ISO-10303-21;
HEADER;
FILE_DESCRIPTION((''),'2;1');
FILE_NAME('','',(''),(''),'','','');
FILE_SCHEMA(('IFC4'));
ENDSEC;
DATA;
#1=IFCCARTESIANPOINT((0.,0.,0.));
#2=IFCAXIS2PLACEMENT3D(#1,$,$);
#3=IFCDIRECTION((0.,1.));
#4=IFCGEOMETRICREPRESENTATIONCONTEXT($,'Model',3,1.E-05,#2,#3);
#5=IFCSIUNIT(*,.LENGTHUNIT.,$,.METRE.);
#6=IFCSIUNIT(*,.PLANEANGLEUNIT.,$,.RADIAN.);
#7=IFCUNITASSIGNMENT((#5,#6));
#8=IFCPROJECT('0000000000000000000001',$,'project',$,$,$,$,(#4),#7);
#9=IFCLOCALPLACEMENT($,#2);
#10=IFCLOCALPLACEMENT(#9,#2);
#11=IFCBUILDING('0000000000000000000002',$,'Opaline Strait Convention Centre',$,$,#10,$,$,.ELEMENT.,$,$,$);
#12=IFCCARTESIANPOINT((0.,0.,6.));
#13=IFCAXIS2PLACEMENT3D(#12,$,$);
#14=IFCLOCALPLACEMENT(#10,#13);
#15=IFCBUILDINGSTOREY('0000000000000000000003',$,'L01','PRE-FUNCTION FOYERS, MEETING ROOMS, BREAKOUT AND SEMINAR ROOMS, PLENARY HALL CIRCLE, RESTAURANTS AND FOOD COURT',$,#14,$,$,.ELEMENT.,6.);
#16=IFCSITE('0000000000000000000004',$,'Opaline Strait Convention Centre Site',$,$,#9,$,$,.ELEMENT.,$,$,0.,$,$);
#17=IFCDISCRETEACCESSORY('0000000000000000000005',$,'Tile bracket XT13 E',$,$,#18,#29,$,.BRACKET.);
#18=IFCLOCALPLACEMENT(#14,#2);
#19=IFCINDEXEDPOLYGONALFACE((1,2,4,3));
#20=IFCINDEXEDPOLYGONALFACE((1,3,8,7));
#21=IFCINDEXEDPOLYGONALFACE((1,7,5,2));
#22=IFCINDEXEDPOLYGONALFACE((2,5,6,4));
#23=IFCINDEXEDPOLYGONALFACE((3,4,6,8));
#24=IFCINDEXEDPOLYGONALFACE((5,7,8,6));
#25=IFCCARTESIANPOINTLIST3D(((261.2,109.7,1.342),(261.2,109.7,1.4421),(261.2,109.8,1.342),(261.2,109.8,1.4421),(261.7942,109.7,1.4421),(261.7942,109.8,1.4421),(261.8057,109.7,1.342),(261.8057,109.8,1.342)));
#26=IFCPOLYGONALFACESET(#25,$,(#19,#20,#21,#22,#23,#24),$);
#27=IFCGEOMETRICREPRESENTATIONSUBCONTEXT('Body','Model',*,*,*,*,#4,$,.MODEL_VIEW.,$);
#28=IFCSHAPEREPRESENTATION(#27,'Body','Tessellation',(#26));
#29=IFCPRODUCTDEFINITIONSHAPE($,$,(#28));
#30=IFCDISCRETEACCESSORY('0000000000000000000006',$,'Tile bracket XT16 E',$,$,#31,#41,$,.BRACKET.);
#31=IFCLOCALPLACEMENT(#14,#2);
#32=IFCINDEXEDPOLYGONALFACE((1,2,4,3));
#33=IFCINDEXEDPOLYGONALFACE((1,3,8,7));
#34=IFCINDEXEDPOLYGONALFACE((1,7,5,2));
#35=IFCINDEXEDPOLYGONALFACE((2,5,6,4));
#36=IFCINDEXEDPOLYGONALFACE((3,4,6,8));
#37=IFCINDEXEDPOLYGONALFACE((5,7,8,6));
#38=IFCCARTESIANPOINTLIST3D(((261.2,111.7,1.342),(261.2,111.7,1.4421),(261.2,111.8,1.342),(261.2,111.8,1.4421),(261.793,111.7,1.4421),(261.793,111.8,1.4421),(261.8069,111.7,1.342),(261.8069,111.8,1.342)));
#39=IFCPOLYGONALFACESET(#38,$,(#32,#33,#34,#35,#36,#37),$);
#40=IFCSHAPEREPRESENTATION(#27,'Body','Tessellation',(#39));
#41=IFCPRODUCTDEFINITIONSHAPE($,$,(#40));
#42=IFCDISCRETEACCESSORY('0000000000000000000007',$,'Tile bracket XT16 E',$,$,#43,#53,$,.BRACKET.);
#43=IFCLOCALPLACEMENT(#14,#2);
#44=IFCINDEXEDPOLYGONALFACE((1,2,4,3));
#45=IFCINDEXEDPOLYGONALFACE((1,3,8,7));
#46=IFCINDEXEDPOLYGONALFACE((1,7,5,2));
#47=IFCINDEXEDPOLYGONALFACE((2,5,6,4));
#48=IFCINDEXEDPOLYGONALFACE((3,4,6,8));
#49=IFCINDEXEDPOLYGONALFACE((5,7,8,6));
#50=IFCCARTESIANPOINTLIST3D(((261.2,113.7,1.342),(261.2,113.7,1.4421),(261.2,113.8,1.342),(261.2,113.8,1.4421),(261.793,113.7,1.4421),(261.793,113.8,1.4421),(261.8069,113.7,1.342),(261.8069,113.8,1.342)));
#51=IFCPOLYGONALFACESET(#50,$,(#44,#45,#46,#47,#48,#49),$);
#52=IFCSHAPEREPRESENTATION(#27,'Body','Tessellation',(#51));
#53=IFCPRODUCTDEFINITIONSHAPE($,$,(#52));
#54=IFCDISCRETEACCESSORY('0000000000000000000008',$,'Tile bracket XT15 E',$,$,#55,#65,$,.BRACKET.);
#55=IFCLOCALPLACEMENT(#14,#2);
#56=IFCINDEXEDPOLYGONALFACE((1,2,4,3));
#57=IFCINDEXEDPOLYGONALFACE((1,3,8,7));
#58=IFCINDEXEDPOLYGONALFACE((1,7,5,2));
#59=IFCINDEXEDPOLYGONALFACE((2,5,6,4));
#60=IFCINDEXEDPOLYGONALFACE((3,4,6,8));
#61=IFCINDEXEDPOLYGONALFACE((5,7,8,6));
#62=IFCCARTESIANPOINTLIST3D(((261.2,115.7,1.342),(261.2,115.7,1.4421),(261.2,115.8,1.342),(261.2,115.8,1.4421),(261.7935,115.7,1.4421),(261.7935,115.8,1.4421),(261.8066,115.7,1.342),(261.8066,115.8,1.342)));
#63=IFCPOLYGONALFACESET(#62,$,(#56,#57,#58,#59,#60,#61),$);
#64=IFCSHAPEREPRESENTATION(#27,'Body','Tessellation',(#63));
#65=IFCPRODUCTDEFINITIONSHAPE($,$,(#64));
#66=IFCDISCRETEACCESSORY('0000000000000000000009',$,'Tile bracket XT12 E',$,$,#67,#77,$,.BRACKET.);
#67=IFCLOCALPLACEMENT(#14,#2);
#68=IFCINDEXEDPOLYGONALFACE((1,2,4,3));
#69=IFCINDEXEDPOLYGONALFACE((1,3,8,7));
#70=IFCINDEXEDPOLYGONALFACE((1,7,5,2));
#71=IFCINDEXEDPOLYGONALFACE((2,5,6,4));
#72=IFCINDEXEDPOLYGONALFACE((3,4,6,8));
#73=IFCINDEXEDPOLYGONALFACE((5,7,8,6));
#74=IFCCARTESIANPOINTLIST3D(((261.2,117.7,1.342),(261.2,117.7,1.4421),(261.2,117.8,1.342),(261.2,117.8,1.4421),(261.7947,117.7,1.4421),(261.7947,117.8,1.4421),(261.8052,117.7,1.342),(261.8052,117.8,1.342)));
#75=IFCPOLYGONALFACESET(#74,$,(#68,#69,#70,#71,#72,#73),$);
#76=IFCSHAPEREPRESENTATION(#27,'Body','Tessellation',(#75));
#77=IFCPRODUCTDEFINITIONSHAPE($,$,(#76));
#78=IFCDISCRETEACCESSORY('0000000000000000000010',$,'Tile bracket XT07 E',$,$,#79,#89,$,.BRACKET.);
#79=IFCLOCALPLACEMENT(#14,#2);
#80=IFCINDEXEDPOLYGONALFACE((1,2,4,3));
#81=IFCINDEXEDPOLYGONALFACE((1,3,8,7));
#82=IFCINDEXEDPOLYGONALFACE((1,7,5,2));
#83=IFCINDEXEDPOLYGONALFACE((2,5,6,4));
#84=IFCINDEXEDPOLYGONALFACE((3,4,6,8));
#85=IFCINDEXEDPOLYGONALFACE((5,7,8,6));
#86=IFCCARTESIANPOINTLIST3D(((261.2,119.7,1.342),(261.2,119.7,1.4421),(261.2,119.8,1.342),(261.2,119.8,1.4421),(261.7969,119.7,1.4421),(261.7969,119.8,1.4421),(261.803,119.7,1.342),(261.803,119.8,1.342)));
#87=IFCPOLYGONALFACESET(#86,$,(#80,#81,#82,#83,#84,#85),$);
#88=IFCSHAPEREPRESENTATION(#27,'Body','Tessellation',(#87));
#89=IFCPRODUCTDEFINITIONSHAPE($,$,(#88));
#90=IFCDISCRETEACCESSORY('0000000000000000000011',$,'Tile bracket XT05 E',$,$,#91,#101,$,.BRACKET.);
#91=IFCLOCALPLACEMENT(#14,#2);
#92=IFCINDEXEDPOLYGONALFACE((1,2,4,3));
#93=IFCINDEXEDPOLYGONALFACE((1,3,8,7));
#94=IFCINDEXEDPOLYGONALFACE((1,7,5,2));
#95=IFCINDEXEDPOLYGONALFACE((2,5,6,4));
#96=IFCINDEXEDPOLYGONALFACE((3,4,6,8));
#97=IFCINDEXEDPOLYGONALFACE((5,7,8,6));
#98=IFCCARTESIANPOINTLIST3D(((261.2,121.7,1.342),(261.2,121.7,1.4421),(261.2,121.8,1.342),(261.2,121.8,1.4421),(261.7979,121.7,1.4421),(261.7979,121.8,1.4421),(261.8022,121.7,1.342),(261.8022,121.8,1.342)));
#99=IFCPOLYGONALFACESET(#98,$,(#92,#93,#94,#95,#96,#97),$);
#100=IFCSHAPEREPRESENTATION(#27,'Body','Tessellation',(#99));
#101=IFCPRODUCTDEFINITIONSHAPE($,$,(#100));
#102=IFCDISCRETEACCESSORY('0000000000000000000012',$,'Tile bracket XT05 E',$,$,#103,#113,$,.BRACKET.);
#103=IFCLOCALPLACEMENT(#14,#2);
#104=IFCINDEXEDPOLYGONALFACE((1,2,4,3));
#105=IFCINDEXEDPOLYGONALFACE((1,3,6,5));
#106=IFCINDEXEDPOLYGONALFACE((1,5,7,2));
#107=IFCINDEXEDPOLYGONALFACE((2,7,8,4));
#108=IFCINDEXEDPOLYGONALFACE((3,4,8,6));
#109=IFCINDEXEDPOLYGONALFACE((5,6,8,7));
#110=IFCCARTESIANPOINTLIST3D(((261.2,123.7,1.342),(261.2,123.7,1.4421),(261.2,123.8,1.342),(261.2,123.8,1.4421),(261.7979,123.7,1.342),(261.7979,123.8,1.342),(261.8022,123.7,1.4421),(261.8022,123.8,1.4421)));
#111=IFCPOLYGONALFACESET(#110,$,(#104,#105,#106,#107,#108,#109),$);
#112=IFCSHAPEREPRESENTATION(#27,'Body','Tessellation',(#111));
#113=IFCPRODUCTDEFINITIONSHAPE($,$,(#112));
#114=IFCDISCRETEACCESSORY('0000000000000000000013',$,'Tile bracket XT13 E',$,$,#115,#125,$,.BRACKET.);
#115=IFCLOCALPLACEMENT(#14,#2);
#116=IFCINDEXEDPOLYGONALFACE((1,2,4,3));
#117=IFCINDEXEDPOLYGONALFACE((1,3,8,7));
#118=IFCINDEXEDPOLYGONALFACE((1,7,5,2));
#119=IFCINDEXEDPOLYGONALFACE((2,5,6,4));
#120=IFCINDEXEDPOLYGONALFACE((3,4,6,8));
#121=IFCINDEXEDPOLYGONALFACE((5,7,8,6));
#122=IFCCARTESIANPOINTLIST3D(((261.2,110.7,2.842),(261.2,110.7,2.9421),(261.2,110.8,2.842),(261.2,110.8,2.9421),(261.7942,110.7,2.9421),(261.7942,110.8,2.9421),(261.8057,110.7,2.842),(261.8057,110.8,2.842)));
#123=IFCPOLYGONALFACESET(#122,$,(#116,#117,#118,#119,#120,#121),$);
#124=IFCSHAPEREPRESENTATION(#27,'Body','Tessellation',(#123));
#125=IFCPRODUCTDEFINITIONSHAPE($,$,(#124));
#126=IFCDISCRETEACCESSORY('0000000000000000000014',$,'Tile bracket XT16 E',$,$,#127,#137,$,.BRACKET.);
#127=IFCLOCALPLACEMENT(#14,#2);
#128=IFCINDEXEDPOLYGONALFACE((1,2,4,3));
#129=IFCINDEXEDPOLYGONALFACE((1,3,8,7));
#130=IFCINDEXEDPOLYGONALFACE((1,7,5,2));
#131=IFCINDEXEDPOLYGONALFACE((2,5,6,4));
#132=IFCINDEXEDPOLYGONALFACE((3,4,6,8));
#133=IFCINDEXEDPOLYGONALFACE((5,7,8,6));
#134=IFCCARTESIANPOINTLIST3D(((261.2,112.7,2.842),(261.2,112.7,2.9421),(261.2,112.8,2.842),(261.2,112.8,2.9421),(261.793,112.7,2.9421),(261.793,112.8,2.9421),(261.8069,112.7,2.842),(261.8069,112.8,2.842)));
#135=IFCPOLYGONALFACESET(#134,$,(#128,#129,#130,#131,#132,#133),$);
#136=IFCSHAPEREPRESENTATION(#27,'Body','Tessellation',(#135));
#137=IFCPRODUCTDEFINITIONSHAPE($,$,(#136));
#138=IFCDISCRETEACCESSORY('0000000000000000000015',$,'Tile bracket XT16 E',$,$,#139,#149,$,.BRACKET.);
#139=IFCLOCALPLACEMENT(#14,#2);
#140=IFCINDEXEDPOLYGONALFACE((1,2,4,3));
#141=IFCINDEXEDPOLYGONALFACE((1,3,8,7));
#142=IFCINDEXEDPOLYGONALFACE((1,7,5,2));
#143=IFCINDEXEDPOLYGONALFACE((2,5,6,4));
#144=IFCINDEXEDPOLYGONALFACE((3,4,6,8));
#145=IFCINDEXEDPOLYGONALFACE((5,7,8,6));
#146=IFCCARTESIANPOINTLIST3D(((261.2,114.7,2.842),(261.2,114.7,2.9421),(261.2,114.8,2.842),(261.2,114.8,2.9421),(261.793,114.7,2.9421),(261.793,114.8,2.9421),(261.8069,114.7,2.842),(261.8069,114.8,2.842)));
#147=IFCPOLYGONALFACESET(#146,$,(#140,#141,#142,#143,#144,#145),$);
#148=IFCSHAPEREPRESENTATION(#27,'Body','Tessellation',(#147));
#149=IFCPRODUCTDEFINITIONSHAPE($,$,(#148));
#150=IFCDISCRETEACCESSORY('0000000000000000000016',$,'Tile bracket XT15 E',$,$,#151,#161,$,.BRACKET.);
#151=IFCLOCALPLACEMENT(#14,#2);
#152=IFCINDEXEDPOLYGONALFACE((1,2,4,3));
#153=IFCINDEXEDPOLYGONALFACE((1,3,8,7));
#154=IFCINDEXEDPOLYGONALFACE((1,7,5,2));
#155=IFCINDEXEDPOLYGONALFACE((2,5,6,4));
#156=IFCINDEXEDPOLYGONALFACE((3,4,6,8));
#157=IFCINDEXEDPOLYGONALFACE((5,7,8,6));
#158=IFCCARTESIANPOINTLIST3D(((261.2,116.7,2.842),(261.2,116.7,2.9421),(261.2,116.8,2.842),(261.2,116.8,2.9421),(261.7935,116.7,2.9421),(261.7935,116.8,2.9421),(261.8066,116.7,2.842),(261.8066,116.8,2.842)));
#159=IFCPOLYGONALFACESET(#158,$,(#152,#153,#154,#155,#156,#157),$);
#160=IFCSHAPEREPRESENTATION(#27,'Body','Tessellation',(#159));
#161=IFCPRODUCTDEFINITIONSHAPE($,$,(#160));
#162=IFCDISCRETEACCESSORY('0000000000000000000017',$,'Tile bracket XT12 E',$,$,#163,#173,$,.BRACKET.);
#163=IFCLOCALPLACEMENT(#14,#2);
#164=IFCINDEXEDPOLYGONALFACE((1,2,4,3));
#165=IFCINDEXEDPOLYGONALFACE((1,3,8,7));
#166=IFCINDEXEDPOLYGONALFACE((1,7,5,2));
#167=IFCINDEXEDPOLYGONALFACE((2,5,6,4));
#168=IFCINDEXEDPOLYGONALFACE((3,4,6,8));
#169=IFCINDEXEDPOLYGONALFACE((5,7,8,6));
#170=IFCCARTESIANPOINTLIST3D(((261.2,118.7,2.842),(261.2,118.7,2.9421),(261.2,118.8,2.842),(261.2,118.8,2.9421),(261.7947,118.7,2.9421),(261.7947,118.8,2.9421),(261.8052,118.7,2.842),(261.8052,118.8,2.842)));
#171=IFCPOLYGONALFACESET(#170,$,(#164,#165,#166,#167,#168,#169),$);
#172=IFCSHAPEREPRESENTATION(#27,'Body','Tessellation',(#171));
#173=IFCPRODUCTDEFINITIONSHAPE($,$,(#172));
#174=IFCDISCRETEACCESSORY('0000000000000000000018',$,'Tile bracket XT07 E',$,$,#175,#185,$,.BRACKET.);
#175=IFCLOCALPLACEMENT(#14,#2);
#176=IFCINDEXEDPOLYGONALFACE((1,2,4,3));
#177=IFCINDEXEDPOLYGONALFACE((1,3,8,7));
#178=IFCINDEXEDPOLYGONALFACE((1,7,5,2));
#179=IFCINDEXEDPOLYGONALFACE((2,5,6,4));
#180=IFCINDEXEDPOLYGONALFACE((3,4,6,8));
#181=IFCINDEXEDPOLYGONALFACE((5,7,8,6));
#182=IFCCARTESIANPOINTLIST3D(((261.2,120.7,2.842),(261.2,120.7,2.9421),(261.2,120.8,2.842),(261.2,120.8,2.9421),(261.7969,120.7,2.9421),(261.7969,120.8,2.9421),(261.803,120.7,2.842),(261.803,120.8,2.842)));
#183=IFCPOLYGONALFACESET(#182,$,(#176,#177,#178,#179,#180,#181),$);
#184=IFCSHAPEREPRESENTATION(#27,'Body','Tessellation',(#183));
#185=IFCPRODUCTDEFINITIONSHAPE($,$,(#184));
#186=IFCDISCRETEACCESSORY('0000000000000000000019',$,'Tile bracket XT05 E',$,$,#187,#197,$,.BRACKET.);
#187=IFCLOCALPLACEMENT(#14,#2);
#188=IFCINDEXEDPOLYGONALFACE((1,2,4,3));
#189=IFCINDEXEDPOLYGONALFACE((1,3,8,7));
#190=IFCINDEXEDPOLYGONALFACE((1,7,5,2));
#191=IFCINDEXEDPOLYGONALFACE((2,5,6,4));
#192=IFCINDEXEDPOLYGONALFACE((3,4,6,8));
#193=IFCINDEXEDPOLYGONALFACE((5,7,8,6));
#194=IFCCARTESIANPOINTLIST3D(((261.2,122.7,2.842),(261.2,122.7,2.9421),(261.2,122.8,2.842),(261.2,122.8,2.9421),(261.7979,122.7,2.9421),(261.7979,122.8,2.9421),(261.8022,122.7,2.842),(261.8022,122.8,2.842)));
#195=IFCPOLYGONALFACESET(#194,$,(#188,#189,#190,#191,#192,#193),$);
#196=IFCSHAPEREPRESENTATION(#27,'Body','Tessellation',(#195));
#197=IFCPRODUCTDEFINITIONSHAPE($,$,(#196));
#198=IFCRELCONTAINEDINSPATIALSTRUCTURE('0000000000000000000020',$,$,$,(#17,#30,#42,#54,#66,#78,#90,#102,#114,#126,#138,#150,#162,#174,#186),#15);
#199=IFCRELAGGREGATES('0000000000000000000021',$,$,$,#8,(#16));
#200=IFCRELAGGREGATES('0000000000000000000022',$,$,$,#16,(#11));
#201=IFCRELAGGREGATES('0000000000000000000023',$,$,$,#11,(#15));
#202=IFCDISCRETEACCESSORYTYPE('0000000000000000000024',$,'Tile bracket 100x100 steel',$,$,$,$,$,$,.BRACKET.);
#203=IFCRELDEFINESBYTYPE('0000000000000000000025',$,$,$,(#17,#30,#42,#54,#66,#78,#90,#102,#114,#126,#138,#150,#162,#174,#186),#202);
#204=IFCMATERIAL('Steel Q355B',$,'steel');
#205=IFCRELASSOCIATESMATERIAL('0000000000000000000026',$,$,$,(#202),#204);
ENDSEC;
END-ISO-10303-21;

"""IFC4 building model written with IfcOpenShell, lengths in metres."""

from ifc_helpers import new_model, si_unit, direction, frame, origin, place, context, subcontext, project, spatial, polyline, outline, extrude, material, type_object, element, save


model = new_model("IFC4")

# Units and contexts
model_context = context("Model", 3, precision=1e-05, world=origin(), true_north=direction((0.0, 1.0)))
body_context = subcontext(model_context, "Body", "Model", "MODEL_VIEW")
ifc_project = project(units=[si_unit("LENGTHUNIT", "METRE"), si_unit("PLANEANGLEUNIT", "RADIAN")], contexts=[model_context])

# Site, building, storey
site_placement = place(None, origin())
site = spatial("IfcSite", under=ifc_project, at=site_placement, Name="Opaline Strait Convention Centre Site", CompositionType="ELEMENT", RefElevation=0.0)
building_placement = place(site_placement, origin())
building = spatial("IfcBuilding", under=site, at=building_placement, Name="Opaline Strait Convention Centre", CompositionType="ELEMENT")
storey_placement = place(building_placement, frame((0.0, 0.0, 6.0)))
storey = spatial("IfcBuildingStorey", under=building, at=storey_placement, Name="L01", Description="PRE-FUNCTION FOYERS, MEETING ROOMS, BREAKOUT AND SEMINAR ROOMS, PLENARY HALL CIRCLE, RESTAURANTS AND FOOD COURT", CompositionType="ELEMENT", Elevation=6.0)

# Discrete accessories
ifc_material = material(Name="Steel Q355B", Category="steel")
discrete_accessory_type = type_object("IfcDiscreteAccessoryType", Name="Tile bracket 100x100 steel", PredefinedType="BRACKET", material=ifc_material)
discrete_accessory_1_placement = place(storey_placement, frame((261.2, 109.7, 1.3921), z_axis=(0.0, 1.0, 0.0), x_axis=(-1.0, 0.0, 0.0)))
element("IfcDiscreteAccessory", 1, at=discrete_accessory_1_placement, inside=storey, type_object=discrete_accessory_type, Name="Tile bracket XT13 E", PredefinedType="BRACKET", context=body_context, shape_type="SweptSolid", body=[
    extrude(outline(polyline([(0.0, -0.05), (0.0, 0.05), (-0.5942, 0.05), (-0.6057, -0.05), (0.0, -0.05)])), origin(), (0.0, 0.0, 1.0), 0.1001),
])
for number, where, z_axis, x_axis, name in (
    (2, (261.2, 111.7, 1.3921), (0.0, 1.0, 0.0), (-1.0, 0.0, 0.0), "Tile bracket XT16 E"),
    (3, (261.2, 113.7, 1.3921), (0.0, 1.0, 0.0), (-1.0, 0.0, 0.0), "Tile bracket XT16 E"),
):
    element("IfcDiscreteAccessory", number, at=place(storey_placement, frame(where, z_axis=z_axis, x_axis=x_axis)), inside=storey, type_object=discrete_accessory_type, Name=name, PredefinedType="BRACKET", context=body_context, shape_type="SweptSolid", body=[
        extrude(outline(polyline([(0.0, -0.05), (0.0, 0.05), (-0.593, 0.05), (-0.6069, -0.05), (0.0, -0.05)])), origin(), (0.0, 0.0, 1.0), 0.1001),
    ])
discrete_accessory_2_placement = place(storey_placement, frame((261.2, 115.7, 1.3921), z_axis=(0.0, 1.0, 0.0), x_axis=(-1.0, 0.0, 0.0)))
element("IfcDiscreteAccessory", 4, at=discrete_accessory_2_placement, inside=storey, type_object=discrete_accessory_type, Name="Tile bracket XT15 E", PredefinedType="BRACKET", context=body_context, shape_type="SweptSolid", body=[
    extrude(outline(polyline([(0.0, -0.05), (0.0, 0.05), (-0.5935, 0.05), (-0.6067, -0.05), (0.0, -0.05)])), origin(), (0.0, 0.0, 1.0), 0.1001),
])
discrete_accessory_3_placement = place(storey_placement, frame((261.2, 117.7, 1.3921), z_axis=(0.0, 1.0, 0.0), x_axis=(-1.0, 0.0, 0.0)))
element("IfcDiscreteAccessory", 5, at=discrete_accessory_3_placement, inside=storey, type_object=discrete_accessory_type, Name="Tile bracket XT12 E", PredefinedType="BRACKET", context=body_context, shape_type="SweptSolid", body=[
    extrude(outline(polyline([(0.0, -0.05), (0.0, 0.05), (-0.5947, 0.05), (-0.6052, -0.05), (0.0, -0.05)])), origin(), (0.0, 0.0, 1.0), 0.1001),
])
discrete_accessory_4_placement = place(storey_placement, frame((261.2, 119.7, 1.3921), z_axis=(0.0, 1.0, 0.0), x_axis=(-1.0, 0.0, 0.0)))
element("IfcDiscreteAccessory", 6, at=discrete_accessory_4_placement, inside=storey, type_object=discrete_accessory_type, Name="Tile bracket XT07 E", PredefinedType="BRACKET", context=body_context, shape_type="SweptSolid", body=[
    extrude(outline(polyline([(0.0, -0.05), (0.0, 0.05), (-0.5969, 0.05), (-0.603, -0.05), (0.0, -0.05)])), origin(), (0.0, 0.0, 1.0), 0.1001),
])
discrete_accessory_5_placement = place(storey_placement, frame((261.2, 121.7, 1.3921), z_axis=(0.0, 1.0, 0.0), x_axis=(-1.0, 0.0, 0.0)))
element("IfcDiscreteAccessory", 7, at=discrete_accessory_5_placement, inside=storey, type_object=discrete_accessory_type, Name="Tile bracket XT05 E", PredefinedType="BRACKET", context=body_context, shape_type="SweptSolid", body=[
    extrude(outline(polyline([(0.0, -0.05), (0.0, 0.05), (-0.5979, 0.05), (-0.6023, -0.05), (0.0, -0.05)])), origin(), (0.0, 0.0, 1.0), 0.1001),
])
discrete_accessory_6_placement = place(storey_placement, frame((261.2, 123.7, 1.3921), z_axis=(0.0, 1.0, 0.0), x_axis=(-1.0, 0.0, 0.0)))
element("IfcDiscreteAccessory", 8, at=discrete_accessory_6_placement, inside=storey, type_object=discrete_accessory_type, Name="Tile bracket XT05 E", PredefinedType="BRACKET", context=body_context, shape_type="SweptSolid", body=[
    extrude(outline(polyline([(0.0, -0.05), (0.0, 0.05), (-0.6023, 0.05), (-0.5979, -0.05), (0.0, -0.05)])), origin(), (0.0, 0.0, 1.0), 0.1001),
])
discrete_accessory_7_placement = place(storey_placement, frame((261.2, 110.7, 2.8921), z_axis=(0.0, 1.0, 0.0), x_axis=(-1.0, 0.0, 0.0)))
element("IfcDiscreteAccessory", 9, at=discrete_accessory_7_placement, inside=storey, type_object=discrete_accessory_type, Name="Tile bracket XT13 E", PredefinedType="BRACKET", context=body_context, shape_type="SweptSolid", body=[
    extrude(outline(polyline([(0.0, -0.05), (0.0, 0.05), (-0.5942, 0.05), (-0.6057, -0.05), (0.0, -0.05)])), origin(), (0.0, 0.0, 1.0), 0.1001),
])
for number, where, z_axis, x_axis, name in (
    (10, (261.2, 112.7, 2.8921), (0.0, 1.0, 0.0), (-1.0, 0.0, 0.0), "Tile bracket XT16 E"),
    (11, (261.2, 114.7, 2.8921), (0.0, 1.0, 0.0), (-1.0, 0.0, 0.0), "Tile bracket XT16 E"),
):
    element("IfcDiscreteAccessory", number, at=place(storey_placement, frame(where, z_axis=z_axis, x_axis=x_axis)), inside=storey, type_object=discrete_accessory_type, Name=name, PredefinedType="BRACKET", context=body_context, shape_type="SweptSolid", body=[
        extrude(outline(polyline([(0.0, -0.05), (0.0, 0.05), (-0.593, 0.05), (-0.6069, -0.05), (0.0, -0.05)])), origin(), (0.0, 0.0, 1.0), 0.1001),
    ])
discrete_accessory_8_placement = place(storey_placement, frame((261.2, 116.7, 2.8921), z_axis=(0.0, 1.0, 0.0), x_axis=(-1.0, 0.0, 0.0)))
element("IfcDiscreteAccessory", 12, at=discrete_accessory_8_placement, inside=storey, type_object=discrete_accessory_type, Name="Tile bracket XT15 E", PredefinedType="BRACKET", context=body_context, shape_type="SweptSolid", body=[
    extrude(outline(polyline([(0.0, -0.05), (0.0, 0.05), (-0.5935, 0.05), (-0.6067, -0.05), (0.0, -0.05)])), origin(), (0.0, 0.0, 1.0), 0.1001),
])
discrete_accessory_9_placement = place(storey_placement, frame((261.2, 118.7, 2.8921), z_axis=(0.0, 1.0, 0.0), x_axis=(-1.0, 0.0, 0.0)))
element("IfcDiscreteAccessory", 13, at=discrete_accessory_9_placement, inside=storey, type_object=discrete_accessory_type, Name="Tile bracket XT12 E", PredefinedType="BRACKET", context=body_context, shape_type="SweptSolid", body=[
    extrude(outline(polyline([(0.0, -0.05), (0.0, 0.05), (-0.5947, 0.05), (-0.6052, -0.05), (0.0, -0.05)])), origin(), (0.0, 0.0, 1.0), 0.1001),
])
discrete_accessory_10_placement = place(storey_placement, frame((261.2, 120.7, 2.8921), z_axis=(0.0, 1.0, 0.0), x_axis=(-1.0, 0.0, 0.0)))
element("IfcDiscreteAccessory", 14, at=discrete_accessory_10_placement, inside=storey, type_object=discrete_accessory_type, Name="Tile bracket XT07 E", PredefinedType="BRACKET", context=body_context, shape_type="SweptSolid", body=[
    extrude(outline(polyline([(0.0, -0.05), (0.0, 0.05), (-0.5969, 0.05), (-0.603, -0.05), (0.0, -0.05)])), origin(), (0.0, 0.0, 1.0), 0.1001),
])
discrete_accessory_11_placement = place(storey_placement, frame((261.2, 122.7, 2.8921), z_axis=(0.0, 1.0, 0.0), x_axis=(-1.0, 0.0, 0.0)))
element("IfcDiscreteAccessory", 15, at=discrete_accessory_11_placement, inside=storey, type_object=discrete_accessory_type, Name="Tile bracket XT05 E", PredefinedType="BRACKET", context=body_context, shape_type="SweptSolid", body=[
    extrude(outline(polyline([(0.0, -0.05), (0.0, 0.05), (-0.5979, 0.05), (-0.6023, -0.05), (0.0, -0.05)])), origin(), (0.0, 0.0, 1.0), 0.1001),
])

save(model, "model.ifc")
